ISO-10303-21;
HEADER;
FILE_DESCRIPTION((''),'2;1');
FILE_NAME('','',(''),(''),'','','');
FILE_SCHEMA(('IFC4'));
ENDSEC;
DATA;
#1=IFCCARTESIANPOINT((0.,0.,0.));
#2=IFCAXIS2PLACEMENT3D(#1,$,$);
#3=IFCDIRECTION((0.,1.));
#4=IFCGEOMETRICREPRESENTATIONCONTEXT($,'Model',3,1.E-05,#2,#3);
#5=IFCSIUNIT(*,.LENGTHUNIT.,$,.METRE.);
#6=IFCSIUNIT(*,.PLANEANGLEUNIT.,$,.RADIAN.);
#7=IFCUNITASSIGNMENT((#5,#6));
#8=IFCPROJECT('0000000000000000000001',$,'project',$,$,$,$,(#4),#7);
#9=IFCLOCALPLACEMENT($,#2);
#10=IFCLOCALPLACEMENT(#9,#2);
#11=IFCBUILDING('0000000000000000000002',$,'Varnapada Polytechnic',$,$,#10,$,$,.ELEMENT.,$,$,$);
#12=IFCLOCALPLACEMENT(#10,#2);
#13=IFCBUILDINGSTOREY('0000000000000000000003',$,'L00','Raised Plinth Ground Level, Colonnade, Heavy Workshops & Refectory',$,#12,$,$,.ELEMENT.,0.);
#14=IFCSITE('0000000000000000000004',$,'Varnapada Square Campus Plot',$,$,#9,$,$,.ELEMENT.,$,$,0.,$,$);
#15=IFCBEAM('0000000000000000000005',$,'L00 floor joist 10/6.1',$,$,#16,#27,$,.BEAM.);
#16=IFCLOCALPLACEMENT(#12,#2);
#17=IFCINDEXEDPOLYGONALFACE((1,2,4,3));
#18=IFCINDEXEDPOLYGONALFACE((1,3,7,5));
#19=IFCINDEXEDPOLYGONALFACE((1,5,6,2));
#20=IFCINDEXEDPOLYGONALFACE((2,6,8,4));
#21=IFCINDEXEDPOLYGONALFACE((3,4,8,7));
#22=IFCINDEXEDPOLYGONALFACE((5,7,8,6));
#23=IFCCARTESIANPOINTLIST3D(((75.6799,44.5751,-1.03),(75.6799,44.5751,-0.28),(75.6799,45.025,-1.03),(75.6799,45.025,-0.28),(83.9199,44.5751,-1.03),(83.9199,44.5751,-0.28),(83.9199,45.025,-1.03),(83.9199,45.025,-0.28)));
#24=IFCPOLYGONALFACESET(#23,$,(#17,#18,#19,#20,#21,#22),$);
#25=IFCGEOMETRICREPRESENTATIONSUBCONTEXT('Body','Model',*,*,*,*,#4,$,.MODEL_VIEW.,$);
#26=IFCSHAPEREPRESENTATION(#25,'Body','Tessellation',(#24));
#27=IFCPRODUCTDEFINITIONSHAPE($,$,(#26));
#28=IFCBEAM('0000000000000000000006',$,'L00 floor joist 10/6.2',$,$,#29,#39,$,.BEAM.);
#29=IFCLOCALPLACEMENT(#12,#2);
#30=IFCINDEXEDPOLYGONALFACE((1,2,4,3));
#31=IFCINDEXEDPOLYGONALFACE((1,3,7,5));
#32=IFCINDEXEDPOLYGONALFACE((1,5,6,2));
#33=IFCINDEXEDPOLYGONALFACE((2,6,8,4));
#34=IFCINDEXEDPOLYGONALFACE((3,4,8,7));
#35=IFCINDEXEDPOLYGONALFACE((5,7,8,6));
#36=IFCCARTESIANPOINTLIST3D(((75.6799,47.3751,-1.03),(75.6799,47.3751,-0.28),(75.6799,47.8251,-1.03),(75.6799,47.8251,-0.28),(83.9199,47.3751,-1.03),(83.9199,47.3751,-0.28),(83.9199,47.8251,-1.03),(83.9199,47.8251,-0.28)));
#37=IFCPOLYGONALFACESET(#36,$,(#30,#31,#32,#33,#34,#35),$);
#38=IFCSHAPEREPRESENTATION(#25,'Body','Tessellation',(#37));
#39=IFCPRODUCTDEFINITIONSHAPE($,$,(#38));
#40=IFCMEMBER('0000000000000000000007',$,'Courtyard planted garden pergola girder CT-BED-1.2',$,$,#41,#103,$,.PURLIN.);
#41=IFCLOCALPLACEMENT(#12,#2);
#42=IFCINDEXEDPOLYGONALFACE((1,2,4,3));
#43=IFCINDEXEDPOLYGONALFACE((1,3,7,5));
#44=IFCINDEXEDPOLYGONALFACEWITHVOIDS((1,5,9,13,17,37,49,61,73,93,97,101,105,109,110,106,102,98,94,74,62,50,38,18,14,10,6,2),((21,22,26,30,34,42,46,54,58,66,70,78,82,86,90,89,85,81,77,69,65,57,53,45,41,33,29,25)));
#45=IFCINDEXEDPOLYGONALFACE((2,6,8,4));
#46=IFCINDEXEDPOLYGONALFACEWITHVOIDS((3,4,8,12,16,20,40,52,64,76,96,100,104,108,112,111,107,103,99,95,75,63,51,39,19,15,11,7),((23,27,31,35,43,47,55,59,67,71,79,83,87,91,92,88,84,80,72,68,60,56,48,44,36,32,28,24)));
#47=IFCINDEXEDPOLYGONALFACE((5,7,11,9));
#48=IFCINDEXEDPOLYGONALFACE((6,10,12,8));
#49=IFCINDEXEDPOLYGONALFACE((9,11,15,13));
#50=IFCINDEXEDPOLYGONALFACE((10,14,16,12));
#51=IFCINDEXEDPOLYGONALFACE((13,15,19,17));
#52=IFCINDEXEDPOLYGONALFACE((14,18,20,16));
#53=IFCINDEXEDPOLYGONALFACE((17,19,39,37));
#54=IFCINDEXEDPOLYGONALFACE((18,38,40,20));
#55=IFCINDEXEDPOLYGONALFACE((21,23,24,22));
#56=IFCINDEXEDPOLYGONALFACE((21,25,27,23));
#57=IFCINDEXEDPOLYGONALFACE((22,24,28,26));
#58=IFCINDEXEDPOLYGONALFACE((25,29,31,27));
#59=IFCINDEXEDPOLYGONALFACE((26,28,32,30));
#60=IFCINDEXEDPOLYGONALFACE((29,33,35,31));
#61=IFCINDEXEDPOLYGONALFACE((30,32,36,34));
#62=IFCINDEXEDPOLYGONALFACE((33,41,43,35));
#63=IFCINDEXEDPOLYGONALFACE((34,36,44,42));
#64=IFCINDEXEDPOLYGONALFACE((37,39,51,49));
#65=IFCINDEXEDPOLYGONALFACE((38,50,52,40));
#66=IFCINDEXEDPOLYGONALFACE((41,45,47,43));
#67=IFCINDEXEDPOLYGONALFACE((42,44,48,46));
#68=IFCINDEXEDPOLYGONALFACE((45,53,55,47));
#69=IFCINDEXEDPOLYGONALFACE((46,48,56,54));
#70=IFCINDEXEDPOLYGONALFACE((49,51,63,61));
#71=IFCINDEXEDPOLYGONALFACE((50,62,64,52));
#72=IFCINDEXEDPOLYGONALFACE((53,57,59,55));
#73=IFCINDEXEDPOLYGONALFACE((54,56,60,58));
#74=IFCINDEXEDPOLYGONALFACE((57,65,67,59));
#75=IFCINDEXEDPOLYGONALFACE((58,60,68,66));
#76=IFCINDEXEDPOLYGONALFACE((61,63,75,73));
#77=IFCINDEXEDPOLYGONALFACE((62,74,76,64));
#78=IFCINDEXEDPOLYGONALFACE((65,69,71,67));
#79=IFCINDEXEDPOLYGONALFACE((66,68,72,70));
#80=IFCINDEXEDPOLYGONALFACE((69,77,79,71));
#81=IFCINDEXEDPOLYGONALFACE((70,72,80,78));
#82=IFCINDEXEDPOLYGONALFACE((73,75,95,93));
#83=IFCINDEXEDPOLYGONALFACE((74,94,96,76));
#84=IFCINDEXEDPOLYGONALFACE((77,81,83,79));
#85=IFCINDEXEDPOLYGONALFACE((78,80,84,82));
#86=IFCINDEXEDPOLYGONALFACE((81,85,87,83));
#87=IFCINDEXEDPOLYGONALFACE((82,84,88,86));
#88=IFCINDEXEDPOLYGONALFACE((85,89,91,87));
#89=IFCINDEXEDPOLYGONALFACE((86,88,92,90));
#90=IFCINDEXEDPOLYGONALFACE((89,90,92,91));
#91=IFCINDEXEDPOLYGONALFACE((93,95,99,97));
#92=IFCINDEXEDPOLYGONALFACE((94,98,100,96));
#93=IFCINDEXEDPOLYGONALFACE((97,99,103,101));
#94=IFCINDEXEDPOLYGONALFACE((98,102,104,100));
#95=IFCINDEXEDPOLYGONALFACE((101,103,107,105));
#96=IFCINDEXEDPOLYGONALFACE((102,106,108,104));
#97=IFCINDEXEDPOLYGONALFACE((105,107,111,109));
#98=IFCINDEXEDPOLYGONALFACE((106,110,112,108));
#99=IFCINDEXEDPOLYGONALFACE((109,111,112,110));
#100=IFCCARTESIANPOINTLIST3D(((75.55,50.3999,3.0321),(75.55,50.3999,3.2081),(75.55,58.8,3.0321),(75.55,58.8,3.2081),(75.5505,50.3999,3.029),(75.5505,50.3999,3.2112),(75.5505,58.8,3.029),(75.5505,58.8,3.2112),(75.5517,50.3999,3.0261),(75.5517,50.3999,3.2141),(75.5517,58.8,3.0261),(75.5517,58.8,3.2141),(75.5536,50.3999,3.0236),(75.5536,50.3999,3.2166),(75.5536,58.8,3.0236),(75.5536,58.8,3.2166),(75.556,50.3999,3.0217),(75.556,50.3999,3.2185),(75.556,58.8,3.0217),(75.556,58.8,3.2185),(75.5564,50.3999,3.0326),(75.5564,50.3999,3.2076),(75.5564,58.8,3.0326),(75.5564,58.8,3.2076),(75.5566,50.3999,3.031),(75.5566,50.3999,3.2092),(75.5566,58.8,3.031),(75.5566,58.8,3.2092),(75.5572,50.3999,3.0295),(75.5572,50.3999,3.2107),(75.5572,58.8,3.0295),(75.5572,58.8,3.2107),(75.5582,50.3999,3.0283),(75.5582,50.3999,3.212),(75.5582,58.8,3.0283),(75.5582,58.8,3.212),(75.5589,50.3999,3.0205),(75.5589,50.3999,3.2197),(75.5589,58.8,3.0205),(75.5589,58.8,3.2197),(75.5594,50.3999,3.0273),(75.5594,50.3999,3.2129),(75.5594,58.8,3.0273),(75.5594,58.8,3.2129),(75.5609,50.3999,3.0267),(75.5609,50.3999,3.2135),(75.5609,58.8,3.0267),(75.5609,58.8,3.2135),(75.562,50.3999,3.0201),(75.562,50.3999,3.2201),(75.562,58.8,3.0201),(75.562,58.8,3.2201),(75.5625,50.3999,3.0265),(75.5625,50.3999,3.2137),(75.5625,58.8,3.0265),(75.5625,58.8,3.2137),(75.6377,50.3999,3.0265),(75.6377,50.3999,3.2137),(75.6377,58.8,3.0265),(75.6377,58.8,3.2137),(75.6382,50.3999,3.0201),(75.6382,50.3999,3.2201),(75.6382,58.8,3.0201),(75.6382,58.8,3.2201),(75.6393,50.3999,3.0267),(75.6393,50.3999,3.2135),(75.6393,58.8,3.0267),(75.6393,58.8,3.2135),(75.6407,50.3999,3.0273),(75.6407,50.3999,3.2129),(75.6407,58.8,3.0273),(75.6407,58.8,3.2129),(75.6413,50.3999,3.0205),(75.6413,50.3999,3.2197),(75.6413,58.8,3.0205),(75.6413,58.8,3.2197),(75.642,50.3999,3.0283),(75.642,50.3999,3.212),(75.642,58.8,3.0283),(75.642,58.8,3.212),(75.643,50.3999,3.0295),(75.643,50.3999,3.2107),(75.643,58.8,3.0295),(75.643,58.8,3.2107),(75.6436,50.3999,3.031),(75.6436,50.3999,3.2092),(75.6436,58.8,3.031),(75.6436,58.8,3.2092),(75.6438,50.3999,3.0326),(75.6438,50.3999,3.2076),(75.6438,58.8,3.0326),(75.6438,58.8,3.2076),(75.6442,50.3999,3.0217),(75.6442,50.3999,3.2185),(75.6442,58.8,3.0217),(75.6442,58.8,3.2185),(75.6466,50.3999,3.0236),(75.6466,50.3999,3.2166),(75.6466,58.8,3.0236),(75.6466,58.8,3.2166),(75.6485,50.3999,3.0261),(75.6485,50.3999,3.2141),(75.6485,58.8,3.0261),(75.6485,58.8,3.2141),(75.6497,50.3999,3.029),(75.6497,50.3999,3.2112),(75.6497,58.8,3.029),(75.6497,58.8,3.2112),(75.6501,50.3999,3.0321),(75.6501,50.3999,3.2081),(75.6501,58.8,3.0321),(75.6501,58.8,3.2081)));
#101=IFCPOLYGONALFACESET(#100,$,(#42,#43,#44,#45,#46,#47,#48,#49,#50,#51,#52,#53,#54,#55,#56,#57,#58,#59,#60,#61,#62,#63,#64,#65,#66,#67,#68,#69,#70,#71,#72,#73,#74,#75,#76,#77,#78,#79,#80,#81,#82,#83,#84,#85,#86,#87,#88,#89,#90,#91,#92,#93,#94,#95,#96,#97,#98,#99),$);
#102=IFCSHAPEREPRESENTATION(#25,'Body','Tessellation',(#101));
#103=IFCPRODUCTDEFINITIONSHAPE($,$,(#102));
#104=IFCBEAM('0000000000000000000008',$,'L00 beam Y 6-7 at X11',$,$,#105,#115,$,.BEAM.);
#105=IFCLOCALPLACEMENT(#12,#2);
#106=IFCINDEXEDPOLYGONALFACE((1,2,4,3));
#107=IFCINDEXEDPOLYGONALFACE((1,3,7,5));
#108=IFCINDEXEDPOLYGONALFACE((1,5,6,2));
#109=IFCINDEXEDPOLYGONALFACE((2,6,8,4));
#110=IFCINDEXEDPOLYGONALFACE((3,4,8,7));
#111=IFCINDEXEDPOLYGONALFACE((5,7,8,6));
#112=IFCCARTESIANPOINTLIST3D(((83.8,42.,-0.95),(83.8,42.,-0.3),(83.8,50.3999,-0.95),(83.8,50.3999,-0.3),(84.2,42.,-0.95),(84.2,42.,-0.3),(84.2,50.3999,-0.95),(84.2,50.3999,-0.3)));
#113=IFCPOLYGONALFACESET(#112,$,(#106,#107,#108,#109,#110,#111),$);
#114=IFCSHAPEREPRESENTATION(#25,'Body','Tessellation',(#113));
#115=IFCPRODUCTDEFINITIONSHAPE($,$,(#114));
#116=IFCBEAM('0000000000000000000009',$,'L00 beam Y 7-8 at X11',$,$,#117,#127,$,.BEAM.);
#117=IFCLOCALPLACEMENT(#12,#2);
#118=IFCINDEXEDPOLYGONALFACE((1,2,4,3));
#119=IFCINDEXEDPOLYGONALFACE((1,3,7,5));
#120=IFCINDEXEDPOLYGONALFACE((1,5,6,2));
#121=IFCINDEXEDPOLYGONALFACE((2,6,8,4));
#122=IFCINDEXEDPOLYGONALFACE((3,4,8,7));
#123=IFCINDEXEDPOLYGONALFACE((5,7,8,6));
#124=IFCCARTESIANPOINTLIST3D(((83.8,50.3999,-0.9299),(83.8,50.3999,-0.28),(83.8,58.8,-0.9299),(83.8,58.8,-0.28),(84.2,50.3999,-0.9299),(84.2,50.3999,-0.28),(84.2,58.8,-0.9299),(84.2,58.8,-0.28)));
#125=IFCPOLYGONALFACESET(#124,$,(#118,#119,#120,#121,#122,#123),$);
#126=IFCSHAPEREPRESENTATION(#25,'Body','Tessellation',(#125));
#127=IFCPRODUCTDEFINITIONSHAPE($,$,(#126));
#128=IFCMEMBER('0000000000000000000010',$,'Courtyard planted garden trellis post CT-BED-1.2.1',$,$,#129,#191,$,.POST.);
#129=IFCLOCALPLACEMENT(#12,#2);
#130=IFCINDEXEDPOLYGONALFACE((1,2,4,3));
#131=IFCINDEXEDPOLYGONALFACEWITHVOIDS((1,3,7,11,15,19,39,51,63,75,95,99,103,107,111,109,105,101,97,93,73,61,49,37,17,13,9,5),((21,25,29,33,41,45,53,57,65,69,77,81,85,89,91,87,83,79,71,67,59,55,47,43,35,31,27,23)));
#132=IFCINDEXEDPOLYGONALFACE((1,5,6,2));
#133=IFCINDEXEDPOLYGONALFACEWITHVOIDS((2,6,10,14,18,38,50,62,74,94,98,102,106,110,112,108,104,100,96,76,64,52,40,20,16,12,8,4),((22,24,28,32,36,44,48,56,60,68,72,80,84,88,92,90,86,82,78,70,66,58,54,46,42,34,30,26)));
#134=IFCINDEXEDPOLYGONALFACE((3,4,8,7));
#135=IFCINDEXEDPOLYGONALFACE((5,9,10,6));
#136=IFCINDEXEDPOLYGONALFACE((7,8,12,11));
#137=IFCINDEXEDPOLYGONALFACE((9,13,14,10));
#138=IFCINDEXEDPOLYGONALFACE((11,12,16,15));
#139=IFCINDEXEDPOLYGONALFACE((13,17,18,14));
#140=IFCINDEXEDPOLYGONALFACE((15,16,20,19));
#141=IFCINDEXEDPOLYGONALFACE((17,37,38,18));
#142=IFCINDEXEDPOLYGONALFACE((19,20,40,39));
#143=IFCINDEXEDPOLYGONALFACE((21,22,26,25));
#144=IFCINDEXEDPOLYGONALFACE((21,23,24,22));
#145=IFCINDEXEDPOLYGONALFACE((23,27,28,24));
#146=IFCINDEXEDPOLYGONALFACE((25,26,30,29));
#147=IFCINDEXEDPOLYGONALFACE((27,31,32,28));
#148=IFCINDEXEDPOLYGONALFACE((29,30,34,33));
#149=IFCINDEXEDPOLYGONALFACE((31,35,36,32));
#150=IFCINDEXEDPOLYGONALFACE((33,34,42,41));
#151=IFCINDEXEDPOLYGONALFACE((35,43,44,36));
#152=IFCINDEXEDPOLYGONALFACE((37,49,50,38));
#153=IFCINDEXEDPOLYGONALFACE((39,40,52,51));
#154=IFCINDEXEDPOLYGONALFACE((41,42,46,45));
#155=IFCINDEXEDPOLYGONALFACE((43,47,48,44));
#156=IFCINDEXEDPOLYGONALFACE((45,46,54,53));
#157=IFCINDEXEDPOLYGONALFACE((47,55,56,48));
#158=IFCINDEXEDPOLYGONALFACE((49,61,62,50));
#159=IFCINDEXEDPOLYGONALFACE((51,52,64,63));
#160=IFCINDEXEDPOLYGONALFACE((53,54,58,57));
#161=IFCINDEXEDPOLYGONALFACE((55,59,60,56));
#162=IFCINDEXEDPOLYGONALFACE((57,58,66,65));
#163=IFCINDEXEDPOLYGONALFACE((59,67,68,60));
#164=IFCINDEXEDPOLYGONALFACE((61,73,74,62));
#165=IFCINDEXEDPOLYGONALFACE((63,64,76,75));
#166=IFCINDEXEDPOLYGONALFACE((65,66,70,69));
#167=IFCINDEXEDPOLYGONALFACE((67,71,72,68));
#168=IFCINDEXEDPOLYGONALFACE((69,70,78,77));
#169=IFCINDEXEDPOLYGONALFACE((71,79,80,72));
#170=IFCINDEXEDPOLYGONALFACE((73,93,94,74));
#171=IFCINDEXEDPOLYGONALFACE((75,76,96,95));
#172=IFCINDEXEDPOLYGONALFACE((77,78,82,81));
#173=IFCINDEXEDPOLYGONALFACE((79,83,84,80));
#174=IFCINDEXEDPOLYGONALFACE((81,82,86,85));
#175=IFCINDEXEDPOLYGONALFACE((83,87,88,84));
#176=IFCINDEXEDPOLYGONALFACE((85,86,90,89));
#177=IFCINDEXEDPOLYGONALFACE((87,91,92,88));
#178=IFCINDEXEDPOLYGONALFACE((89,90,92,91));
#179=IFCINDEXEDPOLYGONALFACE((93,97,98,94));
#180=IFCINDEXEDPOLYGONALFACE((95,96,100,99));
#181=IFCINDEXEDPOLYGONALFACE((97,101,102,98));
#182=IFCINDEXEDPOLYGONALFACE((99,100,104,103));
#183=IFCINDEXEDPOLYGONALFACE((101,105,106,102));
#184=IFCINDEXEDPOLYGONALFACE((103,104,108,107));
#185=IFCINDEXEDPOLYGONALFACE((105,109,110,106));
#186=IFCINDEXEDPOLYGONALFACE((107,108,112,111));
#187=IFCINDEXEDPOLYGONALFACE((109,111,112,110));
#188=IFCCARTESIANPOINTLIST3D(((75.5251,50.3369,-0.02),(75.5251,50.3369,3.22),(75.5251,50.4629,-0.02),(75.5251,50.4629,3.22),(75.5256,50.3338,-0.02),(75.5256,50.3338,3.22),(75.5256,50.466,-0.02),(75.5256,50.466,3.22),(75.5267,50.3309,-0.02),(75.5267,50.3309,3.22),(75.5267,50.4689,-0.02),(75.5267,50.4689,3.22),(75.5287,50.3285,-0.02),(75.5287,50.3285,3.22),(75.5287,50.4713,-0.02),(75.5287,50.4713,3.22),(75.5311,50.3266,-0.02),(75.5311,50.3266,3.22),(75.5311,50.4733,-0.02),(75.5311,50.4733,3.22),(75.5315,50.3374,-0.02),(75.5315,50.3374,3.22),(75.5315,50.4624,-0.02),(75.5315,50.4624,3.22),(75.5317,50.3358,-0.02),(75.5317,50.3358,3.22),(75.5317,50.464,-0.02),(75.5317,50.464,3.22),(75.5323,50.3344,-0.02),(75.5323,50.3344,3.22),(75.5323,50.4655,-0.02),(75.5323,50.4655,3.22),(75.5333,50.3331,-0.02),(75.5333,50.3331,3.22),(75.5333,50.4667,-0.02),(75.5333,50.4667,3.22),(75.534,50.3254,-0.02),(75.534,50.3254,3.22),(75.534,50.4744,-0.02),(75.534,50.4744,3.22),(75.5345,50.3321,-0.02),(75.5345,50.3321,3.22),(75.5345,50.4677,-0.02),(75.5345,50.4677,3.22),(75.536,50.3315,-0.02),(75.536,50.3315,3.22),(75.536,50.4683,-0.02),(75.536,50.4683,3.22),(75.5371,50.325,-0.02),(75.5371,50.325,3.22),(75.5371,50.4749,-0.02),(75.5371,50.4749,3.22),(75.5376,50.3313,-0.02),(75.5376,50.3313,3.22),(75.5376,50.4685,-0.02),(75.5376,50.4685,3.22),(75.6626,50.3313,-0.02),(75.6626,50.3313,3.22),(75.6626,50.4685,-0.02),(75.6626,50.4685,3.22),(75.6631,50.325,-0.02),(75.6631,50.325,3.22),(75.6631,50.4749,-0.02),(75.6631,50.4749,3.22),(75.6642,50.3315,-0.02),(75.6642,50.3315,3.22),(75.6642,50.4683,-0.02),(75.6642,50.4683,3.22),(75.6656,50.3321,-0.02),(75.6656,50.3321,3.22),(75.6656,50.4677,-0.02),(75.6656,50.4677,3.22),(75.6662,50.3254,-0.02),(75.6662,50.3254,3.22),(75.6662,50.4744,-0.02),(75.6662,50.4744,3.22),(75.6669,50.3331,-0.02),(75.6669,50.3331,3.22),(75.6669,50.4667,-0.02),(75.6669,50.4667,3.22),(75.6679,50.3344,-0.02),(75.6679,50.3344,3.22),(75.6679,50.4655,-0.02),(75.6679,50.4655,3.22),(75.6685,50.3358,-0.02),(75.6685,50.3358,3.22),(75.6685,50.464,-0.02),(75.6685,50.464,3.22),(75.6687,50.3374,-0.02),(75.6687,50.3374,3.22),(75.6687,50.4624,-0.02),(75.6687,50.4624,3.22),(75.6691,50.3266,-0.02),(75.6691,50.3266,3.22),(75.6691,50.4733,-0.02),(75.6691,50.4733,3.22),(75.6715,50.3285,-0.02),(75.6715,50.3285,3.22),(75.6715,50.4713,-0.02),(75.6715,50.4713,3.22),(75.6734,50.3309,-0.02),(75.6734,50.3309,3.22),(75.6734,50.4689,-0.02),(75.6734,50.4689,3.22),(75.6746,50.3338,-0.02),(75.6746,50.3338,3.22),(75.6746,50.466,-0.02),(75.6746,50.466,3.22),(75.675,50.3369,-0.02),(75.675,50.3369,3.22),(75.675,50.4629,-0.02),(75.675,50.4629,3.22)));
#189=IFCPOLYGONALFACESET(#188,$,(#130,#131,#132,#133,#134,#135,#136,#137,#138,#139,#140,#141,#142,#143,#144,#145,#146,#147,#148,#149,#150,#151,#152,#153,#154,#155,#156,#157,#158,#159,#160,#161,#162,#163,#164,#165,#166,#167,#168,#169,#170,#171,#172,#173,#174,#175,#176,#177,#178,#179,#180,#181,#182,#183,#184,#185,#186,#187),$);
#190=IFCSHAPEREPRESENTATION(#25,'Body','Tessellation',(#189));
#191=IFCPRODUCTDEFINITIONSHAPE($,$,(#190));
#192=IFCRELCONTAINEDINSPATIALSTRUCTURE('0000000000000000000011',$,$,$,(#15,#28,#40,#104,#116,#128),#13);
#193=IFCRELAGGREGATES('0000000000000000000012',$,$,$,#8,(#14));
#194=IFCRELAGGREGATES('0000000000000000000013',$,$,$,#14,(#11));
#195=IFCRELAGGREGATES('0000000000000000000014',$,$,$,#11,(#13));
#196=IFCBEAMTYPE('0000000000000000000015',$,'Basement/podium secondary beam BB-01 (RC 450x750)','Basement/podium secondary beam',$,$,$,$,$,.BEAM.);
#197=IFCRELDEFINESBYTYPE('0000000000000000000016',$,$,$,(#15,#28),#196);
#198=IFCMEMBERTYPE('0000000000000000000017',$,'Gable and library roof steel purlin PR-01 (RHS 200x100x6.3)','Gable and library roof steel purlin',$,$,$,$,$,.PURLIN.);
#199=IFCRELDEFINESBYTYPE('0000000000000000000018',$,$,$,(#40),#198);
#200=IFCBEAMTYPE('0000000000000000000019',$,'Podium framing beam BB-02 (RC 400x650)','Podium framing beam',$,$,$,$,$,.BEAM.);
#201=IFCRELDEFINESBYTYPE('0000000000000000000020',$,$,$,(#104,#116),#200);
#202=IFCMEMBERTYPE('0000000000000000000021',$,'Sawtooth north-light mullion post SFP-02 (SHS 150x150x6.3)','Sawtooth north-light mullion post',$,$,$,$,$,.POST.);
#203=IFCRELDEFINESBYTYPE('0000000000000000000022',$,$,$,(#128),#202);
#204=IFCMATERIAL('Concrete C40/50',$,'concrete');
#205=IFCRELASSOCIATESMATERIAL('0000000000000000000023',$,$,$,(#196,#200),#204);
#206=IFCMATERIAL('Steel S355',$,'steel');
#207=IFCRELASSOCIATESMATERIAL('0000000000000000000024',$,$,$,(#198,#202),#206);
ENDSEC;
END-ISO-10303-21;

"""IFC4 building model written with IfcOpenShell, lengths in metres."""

from ifc_helpers import new_model, si_unit, direction, frame, origin, origin_2d, place, context, subcontext, project, spatial, rectangle, hollow_rectangle, extrude, material, material_profile, profile_set, type_object, element, save


model = new_model("IFC4")

# Units and contexts
model_context = context("Model", 3, precision=1e-05, world=origin(), true_north=direction((0.0, 1.0)))
body_context = subcontext(model_context, "Body", "Model", "MODEL_VIEW")
ifc_project = project(units=[si_unit("LENGTHUNIT", "METRE"), si_unit("PLANEANGLEUNIT", "RADIAN")], contexts=[model_context])

# Site, building, storey
site_placement = place(None, origin())
site = spatial("IfcSite", under=ifc_project, at=site_placement, Name="Varnapada Square Campus Plot", CompositionType="ELEMENT", RefElevation=0.0)
building_placement = place(site_placement, origin())
building = spatial("IfcBuilding", under=site, at=building_placement, Name="Varnapada Polytechnic", CompositionType="ELEMENT")
storey_placement = place(building_placement, origin())
storey = spatial("IfcBuildingStorey", under=building, at=storey_placement, Name="L00", Description="Raised Plinth Ground Level, Colonnade, Heavy Workshops & Refectory", CompositionType="ELEMENT", Elevation=0.0)

# Beams
ifc_material_1 = material(Name="Concrete C40/50", Category="concrete")
ifc_material_profile_1 = material_profile(ifc_material_1, rectangle(XDim=0.45, YDim=0.75, at=origin_2d()), Name="RC 450x750")
ifc_profile_set_1 = profile_set([ifc_material_profile_1], Name="Concrete C40/50")
beam_type_1 = type_object("IfcBeamType", Name="Basement/podium secondary beam BB-01 (RC 450x750)", Description="Basement/podium secondary beam", PredefinedType="BEAM", material=ifc_profile_set_1)
for number, where, z_axis, x_axis, name in (
    (1, (75.6799, 44.8, -0.655), (1.0, 0.0, 0.0), (0.0, 1.0, 0.0), "L00 floor joist 10/6.1"),
    (2, (75.6799, 47.6001, -0.655), (1.0, 0.0, 0.0), (0.0, 1.0, 0.0), "L00 floor joist 10/6.2"),
):
    element("IfcBeam", number, at=place(storey_placement, frame(where, z_axis=z_axis, x_axis=x_axis)), inside=storey, type_object=beam_type_1, Name=name, PredefinedType="BEAM", context=body_context, shape_type="SweptSolid", body=[
        extrude(rectangle(XDim=0.45, YDim=0.75, at=origin_2d()), origin(), (0.0, 0.0, 1.0), 8.24),
    ])

# Member
ifc_material_2 = material(Name="Steel S355", Category="steel")
ifc_material_profile_2 = material_profile(ifc_material_2, hollow_rectangle(XDim=0.1001, YDim=0.2, WallThickness=0.0063, InnerFilletRadius=0.0061, OuterFilletRadius=0.012, at=origin_2d()), Name="RHS 200x100x6.3")
ifc_profile_set_2 = profile_set([ifc_material_profile_2], Name="Steel S355")
member_type_1 = type_object("IfcMemberType", Name="Gable and library roof steel purlin PR-01 (RHS 200x100x6.3)", Description="Gable and library roof steel purlin", PredefinedType="PURLIN", material=ifc_profile_set_2)
member_1_placement = place(storey_placement, frame((75.6001, 50.3999, 3.1201), z_axis=(0.0, 1.0, 0.0), x_axis=(-1.0, 0.0, 0.0)))
element("IfcMember", 3, at=member_1_placement, inside=storey, type_object=member_type_1, Name="Courtyard planted garden pergola girder CT-BED-1.2", PredefinedType="PURLIN", context=body_context, shape_type="SweptSolid", body=[
    extrude(hollow_rectangle(XDim=0.1001, YDim=0.2, WallThickness=0.0063, InnerFilletRadius=0.0061, OuterFilletRadius=0.012, at=origin_2d()), origin(), (0.0, 0.0, 1.0), 8.4001),
])

# Beams
ifc_material_profile_3 = material_profile(ifc_material_1, rectangle(XDim=0.3999, YDim=0.6499, at=origin_2d()), Name="RC 400x650")
ifc_profile_set_3 = profile_set([ifc_material_profile_3], Name="Concrete C40/50")
beam_type_2 = type_object("IfcBeamType", Name="Podium framing beam BB-02 (RC 400x650)", Description="Podium framing beam", PredefinedType="BEAM", material=ifc_profile_set_3)
beam_1_placement = place(storey_placement, frame((84.0, 42.0, -0.625), z_axis=(0.0, 1.0, 0.0), x_axis=(-1.0, 0.0, 0.0)))
element("IfcBeam", 4, at=beam_1_placement, inside=storey, type_object=beam_type_2, Name="L00 beam Y 6-7 at X11", PredefinedType="BEAM", context=body_context, shape_type="SweptSolid", body=[
    extrude(rectangle(XDim=0.3999, YDim=0.6499, at=origin_2d()), origin(), (0.0, 0.0, 1.0), 8.3999),
])
beam_2_placement = place(storey_placement, frame((84.0, 50.3999, -0.605), z_axis=(0.0, 1.0, 0.0), x_axis=(-1.0, 0.0, 0.0)))
element("IfcBeam", 5, at=beam_2_placement, inside=storey, type_object=beam_type_2, Name="L00 beam Y 7-8 at X11", PredefinedType="BEAM", context=body_context, shape_type="SweptSolid", body=[
    extrude(rectangle(XDim=0.3999, YDim=0.6499, at=origin_2d()), origin(), (0.0, 0.0, 1.0), 8.4001),
])

# Member
ifc_material_profile_4 = material_profile(ifc_material_2, hollow_rectangle(XDim=0.1499, YDim=0.1499, WallThickness=0.0063, InnerFilletRadius=0.0061, OuterFilletRadius=0.012, at=origin_2d()), Name="SHS 150x150x6.3")
ifc_profile_set_4 = profile_set([ifc_material_profile_4], Name="Steel S355")
member_type_2 = type_object("IfcMemberType", Name="Sawtooth north-light mullion post SFP-02 (SHS 150x150x6.3)", Description="Sawtooth north-light mullion post", PredefinedType="POST", material=ifc_profile_set_4)
member_2_placement = place(storey_placement, frame((75.6001, 50.3999, -0.02), z_axis=(0.0, 0.0, 1.0), x_axis=(1.0, 0.0, 0.0)))
element("IfcMember", 6, at=member_2_placement, inside=storey, type_object=member_type_2, Name="Courtyard planted garden trellis post CT-BED-1.2.1", PredefinedType="POST", context=body_context, shape_type="SweptSolid", body=[
    extrude(hollow_rectangle(XDim=0.1499, YDim=0.1499, WallThickness=0.0063, InnerFilletRadius=0.0061, OuterFilletRadius=0.012, at=origin_2d()), origin(), (0.0, 0.0, 1.0), 3.24),
])

save(model, "model.ifc")
